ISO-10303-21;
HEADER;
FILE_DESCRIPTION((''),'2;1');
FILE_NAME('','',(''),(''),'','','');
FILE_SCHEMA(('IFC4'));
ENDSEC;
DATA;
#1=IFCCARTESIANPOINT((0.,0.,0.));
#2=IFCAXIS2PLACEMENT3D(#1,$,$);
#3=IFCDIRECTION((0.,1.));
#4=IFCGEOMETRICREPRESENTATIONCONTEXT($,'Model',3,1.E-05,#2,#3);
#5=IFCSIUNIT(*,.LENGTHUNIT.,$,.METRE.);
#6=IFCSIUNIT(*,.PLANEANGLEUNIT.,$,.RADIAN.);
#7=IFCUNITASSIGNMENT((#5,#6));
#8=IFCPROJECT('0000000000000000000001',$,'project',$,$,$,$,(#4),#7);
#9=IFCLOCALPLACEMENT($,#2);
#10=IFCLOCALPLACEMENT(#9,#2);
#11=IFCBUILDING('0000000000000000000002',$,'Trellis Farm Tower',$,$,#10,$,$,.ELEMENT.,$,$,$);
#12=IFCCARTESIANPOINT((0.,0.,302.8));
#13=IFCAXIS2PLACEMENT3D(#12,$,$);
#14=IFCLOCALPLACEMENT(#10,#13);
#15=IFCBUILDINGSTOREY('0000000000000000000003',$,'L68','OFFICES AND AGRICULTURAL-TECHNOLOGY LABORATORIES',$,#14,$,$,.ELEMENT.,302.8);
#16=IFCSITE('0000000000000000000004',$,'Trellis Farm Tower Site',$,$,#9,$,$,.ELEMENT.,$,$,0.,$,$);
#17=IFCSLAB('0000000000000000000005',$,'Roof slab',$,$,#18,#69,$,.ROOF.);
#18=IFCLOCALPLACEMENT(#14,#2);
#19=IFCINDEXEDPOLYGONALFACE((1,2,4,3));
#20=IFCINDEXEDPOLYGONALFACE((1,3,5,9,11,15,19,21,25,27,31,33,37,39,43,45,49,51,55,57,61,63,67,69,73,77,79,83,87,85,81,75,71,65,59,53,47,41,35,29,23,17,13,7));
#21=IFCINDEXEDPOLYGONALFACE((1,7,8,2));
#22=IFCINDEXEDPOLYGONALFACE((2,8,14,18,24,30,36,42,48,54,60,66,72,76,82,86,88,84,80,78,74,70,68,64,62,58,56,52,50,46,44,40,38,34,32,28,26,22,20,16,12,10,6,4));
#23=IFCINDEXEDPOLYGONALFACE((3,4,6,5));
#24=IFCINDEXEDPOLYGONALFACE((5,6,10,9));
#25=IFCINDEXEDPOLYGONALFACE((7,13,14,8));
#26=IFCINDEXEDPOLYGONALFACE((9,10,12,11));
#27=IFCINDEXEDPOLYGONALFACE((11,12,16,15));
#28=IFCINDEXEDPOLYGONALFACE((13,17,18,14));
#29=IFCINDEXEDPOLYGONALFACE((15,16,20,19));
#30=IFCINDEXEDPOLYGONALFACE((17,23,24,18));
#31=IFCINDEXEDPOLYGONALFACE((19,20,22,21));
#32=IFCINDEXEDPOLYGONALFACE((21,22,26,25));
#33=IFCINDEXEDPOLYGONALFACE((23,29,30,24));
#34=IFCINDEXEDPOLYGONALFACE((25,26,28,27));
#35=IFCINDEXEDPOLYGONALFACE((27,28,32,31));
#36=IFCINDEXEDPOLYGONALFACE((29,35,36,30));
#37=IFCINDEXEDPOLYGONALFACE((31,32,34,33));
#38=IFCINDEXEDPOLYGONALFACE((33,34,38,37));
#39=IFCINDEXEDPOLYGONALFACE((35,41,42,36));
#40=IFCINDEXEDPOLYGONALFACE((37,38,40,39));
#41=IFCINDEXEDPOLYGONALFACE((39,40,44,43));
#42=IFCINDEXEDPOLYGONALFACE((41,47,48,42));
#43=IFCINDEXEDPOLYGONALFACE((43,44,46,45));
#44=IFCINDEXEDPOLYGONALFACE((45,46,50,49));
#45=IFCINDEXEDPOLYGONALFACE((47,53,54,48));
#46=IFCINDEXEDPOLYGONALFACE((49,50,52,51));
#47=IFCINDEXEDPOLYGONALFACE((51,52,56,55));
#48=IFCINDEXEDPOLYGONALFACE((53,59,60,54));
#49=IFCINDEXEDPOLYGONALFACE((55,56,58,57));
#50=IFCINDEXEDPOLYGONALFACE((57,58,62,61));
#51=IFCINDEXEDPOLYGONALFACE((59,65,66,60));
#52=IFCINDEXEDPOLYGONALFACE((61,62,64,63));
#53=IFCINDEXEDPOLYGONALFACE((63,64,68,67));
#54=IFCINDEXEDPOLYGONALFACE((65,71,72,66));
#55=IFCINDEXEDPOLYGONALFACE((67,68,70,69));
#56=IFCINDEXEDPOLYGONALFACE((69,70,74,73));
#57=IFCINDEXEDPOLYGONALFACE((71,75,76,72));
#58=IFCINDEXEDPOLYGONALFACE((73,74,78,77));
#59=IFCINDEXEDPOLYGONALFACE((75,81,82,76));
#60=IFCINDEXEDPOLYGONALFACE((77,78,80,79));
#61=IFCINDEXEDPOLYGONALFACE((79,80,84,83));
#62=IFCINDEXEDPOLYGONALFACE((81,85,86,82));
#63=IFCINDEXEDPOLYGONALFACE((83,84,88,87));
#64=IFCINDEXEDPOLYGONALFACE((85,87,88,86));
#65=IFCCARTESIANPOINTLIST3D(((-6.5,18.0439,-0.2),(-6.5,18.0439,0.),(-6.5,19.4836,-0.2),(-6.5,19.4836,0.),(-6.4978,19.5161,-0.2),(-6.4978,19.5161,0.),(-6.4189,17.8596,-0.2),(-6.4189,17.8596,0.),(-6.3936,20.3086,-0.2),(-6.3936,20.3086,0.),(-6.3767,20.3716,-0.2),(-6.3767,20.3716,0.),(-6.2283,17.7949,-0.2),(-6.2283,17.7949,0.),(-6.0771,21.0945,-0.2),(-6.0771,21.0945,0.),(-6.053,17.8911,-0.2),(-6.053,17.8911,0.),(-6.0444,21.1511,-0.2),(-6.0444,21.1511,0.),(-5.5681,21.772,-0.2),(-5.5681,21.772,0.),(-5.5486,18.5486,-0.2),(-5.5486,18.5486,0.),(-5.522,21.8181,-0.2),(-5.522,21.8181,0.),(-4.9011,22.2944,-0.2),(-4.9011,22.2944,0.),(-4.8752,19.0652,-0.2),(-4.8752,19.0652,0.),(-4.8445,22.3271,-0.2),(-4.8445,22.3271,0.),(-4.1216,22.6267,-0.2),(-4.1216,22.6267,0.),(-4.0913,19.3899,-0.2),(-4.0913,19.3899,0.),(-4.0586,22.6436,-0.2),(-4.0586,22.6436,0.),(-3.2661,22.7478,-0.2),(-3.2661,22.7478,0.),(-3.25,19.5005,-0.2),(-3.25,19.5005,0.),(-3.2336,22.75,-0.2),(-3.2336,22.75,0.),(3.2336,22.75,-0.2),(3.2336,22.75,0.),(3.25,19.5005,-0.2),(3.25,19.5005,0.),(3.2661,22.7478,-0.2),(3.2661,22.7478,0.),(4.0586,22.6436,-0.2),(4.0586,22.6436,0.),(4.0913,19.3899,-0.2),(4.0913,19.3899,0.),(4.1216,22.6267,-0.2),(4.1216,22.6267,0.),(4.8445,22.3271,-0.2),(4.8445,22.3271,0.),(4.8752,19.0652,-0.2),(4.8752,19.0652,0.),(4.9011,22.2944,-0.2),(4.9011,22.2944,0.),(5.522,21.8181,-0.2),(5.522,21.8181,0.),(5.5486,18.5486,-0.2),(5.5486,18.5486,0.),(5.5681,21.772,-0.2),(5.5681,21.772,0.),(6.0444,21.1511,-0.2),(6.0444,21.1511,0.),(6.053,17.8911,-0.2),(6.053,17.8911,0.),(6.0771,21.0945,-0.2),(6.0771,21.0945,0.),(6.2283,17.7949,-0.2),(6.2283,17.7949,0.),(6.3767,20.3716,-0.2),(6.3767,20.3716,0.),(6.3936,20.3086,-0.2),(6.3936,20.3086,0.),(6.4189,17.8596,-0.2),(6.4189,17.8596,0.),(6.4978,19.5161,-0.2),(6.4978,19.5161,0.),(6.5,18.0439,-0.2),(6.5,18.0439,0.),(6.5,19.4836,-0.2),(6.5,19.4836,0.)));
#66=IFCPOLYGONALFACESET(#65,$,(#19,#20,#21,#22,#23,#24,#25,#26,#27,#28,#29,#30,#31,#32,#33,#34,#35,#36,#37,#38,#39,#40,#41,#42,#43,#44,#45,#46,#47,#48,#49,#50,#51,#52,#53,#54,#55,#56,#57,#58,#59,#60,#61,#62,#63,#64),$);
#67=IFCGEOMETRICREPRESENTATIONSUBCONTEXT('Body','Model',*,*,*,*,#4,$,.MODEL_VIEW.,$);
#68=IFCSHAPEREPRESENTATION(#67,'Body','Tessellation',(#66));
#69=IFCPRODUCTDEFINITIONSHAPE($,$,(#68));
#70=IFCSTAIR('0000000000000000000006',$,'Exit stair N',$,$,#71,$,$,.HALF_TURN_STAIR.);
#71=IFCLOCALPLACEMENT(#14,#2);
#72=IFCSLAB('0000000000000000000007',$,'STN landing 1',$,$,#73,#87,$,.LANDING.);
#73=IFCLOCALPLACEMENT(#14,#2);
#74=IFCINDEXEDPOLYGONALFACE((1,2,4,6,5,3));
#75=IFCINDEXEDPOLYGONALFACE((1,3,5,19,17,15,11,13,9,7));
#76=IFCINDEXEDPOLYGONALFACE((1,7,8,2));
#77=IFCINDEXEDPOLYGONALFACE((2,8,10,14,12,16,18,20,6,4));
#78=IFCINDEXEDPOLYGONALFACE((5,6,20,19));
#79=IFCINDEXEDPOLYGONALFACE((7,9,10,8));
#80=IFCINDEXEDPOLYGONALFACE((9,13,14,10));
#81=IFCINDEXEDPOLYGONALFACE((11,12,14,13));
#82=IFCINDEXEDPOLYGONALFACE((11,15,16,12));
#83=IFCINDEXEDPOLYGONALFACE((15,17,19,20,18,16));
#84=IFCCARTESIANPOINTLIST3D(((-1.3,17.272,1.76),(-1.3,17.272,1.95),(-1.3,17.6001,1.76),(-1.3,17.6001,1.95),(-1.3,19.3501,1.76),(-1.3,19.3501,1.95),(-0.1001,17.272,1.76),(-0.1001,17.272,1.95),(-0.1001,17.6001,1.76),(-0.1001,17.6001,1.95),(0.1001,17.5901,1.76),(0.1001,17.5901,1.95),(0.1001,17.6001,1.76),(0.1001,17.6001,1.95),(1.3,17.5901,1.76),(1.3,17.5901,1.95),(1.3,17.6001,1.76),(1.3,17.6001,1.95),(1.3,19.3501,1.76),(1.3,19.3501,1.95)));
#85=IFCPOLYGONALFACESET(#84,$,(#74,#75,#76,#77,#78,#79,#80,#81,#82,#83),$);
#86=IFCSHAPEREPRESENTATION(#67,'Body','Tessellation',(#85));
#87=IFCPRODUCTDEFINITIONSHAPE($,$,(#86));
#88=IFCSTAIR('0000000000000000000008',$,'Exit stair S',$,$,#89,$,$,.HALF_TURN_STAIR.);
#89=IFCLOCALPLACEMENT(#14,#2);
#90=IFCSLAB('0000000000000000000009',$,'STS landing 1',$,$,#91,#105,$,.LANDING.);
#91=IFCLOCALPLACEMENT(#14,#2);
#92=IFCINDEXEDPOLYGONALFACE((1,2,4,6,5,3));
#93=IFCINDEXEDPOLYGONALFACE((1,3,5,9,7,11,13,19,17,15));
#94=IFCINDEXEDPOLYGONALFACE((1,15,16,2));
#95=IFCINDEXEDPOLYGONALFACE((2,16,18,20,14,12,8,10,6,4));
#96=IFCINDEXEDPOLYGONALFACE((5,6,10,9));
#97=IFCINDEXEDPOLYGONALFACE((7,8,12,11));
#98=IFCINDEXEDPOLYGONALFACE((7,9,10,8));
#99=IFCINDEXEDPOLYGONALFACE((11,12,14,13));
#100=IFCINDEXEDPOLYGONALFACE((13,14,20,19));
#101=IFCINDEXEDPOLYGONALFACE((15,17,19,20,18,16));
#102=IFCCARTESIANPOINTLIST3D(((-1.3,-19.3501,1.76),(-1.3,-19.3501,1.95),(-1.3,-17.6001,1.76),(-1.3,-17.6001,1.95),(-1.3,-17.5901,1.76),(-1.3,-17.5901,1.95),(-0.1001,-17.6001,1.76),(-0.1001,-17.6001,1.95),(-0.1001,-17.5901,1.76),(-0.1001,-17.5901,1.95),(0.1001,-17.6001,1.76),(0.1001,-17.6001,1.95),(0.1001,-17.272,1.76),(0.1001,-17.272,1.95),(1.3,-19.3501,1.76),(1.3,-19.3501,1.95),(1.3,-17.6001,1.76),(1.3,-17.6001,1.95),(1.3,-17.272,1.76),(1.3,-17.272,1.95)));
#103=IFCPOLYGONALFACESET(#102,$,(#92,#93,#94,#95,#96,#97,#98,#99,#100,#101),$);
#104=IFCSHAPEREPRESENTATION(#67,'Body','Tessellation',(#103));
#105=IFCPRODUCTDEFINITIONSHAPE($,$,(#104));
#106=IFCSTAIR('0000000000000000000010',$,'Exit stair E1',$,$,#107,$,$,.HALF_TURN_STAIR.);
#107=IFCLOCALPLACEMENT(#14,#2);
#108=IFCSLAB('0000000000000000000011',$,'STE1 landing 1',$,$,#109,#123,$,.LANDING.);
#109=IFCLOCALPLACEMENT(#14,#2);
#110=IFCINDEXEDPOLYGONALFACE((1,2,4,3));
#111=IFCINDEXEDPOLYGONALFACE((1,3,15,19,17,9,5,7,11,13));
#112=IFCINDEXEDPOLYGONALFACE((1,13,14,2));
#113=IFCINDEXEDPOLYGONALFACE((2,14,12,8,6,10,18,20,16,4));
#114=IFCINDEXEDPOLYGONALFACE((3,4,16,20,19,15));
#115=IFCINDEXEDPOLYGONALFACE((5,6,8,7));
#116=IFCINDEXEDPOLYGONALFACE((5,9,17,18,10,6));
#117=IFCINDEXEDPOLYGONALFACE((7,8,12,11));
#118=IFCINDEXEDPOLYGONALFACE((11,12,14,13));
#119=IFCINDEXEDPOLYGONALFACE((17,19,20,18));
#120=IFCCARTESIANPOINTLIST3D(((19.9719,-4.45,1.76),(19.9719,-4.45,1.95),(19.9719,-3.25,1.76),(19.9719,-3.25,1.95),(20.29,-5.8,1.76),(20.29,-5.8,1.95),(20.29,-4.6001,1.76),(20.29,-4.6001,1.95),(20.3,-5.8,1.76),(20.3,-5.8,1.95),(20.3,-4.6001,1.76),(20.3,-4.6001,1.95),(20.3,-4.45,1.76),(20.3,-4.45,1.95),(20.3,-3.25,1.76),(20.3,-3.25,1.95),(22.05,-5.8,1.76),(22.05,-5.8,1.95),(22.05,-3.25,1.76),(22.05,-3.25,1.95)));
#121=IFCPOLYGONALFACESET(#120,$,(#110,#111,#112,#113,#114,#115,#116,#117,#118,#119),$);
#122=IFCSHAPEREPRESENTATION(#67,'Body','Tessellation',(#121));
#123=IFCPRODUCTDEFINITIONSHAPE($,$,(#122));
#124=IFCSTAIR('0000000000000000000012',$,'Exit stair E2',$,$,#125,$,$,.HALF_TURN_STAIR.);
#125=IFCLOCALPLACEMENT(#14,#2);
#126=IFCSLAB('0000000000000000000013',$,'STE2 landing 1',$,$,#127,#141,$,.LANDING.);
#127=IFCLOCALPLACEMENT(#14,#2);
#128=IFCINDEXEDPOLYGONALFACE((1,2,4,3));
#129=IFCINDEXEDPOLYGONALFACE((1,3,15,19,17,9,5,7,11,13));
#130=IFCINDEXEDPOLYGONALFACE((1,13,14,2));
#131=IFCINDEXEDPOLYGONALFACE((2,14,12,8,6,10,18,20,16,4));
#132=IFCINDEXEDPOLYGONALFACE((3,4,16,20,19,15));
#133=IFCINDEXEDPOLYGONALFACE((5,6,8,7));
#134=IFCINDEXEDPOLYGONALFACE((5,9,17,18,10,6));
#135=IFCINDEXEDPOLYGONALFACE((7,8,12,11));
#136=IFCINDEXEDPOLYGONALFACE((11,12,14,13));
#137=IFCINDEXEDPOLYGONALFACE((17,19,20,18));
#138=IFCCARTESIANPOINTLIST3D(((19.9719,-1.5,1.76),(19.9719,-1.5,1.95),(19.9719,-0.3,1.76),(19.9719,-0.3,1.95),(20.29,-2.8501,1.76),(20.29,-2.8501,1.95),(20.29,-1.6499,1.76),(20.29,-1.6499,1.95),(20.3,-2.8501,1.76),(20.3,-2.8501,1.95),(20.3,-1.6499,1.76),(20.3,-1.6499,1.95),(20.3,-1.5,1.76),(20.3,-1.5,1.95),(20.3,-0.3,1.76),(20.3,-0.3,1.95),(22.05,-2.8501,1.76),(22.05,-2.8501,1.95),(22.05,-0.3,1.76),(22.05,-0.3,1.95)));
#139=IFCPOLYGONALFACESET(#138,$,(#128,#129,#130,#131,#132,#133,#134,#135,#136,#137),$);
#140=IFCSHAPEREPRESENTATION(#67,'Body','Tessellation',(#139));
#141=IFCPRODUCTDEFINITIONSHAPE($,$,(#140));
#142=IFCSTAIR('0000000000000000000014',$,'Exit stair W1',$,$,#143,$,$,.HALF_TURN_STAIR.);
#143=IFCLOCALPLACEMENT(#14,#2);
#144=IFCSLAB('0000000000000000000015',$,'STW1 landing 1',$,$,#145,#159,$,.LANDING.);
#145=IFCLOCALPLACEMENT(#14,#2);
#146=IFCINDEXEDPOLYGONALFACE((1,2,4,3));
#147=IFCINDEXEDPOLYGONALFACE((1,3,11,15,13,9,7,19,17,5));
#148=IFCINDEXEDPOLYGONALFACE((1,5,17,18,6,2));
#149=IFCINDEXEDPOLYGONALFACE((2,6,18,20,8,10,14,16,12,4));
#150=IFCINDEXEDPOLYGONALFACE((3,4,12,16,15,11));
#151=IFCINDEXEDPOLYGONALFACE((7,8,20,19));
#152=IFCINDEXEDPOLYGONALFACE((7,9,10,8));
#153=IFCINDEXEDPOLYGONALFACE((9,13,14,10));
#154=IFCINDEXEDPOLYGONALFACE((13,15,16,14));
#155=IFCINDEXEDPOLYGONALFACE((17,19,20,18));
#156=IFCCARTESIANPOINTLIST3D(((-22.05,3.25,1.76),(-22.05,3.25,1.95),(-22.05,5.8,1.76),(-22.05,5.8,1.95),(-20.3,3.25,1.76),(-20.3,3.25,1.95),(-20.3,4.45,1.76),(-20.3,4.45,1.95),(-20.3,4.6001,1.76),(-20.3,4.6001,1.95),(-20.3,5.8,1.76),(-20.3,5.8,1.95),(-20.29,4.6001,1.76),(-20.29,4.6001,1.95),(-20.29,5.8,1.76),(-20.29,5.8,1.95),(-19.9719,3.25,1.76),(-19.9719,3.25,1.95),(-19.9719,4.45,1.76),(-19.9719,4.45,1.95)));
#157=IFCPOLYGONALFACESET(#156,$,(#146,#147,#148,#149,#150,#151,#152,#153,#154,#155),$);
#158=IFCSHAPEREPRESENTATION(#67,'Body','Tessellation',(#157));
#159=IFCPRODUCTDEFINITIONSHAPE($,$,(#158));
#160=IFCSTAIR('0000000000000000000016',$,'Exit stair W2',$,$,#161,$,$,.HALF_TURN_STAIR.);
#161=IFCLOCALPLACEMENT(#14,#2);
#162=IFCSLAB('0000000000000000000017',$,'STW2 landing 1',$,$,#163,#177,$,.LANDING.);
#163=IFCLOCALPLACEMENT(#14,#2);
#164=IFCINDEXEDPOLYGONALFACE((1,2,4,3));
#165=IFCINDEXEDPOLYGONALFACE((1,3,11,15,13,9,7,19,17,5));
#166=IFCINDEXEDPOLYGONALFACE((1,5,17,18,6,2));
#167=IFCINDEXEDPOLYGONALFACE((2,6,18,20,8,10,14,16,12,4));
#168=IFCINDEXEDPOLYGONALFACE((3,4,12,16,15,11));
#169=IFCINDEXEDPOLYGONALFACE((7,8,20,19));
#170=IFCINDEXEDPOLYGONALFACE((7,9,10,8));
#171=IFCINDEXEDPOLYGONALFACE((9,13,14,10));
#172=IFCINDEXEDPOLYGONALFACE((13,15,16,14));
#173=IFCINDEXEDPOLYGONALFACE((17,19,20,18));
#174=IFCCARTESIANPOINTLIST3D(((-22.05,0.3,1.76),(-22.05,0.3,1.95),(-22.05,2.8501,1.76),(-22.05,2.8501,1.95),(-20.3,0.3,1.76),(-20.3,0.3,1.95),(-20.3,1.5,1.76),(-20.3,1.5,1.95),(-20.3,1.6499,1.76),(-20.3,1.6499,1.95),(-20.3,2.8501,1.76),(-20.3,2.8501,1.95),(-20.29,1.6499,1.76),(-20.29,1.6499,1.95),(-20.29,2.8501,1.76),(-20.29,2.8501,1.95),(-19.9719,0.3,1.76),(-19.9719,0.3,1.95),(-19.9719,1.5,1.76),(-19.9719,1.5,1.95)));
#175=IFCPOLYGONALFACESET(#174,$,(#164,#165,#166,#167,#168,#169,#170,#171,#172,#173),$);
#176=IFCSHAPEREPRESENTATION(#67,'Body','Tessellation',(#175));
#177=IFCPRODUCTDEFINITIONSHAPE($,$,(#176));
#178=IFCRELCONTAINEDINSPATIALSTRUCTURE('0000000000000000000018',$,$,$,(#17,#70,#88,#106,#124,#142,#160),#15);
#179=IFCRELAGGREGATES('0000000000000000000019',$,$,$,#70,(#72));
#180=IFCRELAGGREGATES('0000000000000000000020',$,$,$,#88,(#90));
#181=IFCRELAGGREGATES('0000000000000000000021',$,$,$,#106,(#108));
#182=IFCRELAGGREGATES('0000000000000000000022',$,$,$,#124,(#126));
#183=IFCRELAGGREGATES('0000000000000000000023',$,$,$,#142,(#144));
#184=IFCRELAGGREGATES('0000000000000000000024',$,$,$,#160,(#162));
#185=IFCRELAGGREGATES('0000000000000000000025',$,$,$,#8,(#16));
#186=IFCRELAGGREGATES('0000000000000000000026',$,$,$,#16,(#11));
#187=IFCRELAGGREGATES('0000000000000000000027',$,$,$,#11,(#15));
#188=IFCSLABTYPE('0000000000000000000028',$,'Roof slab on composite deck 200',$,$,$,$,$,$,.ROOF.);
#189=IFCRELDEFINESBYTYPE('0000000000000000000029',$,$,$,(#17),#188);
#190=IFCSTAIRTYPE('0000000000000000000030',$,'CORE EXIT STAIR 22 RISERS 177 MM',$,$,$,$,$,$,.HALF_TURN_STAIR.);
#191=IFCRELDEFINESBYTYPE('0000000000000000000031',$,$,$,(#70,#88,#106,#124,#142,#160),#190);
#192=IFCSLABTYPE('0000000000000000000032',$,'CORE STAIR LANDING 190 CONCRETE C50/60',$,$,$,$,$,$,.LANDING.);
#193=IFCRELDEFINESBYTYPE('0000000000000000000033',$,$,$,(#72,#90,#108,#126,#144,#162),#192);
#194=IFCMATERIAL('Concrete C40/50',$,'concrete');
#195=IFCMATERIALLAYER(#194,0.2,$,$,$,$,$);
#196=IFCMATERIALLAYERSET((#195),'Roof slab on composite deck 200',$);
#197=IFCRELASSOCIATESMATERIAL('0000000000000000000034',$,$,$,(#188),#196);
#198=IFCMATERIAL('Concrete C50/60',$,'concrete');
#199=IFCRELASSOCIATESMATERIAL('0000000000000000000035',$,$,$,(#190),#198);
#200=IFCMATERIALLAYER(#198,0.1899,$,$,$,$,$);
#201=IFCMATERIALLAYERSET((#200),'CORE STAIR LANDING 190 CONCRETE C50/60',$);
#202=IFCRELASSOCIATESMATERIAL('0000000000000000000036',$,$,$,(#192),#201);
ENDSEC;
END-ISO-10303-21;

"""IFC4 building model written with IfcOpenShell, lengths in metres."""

from ifc_helpers import new_model, si_unit, direction, frame, origin, place, context, subcontext, project, spatial, polyline, outline, extrude, source, transform, mapped, material, layer, layer_set, type_object, element, aggregate, save


model = new_model("IFC4")

# Units and contexts
model_context = context("Model", 3, precision=1e-05, world=origin(), true_north=direction((0.0, 1.0)))
body_context = subcontext(model_context, "Body", "Model", "MODEL_VIEW")
ifc_project = project(units=[si_unit("LENGTHUNIT", "METRE"), si_unit("PLANEANGLEUNIT", "RADIAN")], contexts=[model_context])

# Site, building, storey
site_placement = place(None, origin())
site = spatial("IfcSite", under=ifc_project, at=site_placement, Name="Trellis Farm Tower Site", CompositionType="ELEMENT", RefElevation=0.0)
building_placement = place(site_placement, origin())
building = spatial("IfcBuilding", under=site, at=building_placement, Name="Trellis Farm Tower", CompositionType="ELEMENT")
storey_placement = place(building_placement, frame((0.0, 0.0, 302.8)))
storey = spatial("IfcBuildingStorey", under=building, at=storey_placement, Name="L68", Description="OFFICES AND AGRICULTURAL-TECHNOLOGY LABORATORIES", CompositionType="ELEMENT", Elevation=302.8)

# Slab
ifc_material_1 = material(Name="Concrete C40/50", Category="concrete")
ifc_layer_1 = layer(ifc_material_1, 0.2)
ifc_layer_set_1 = layer_set([ifc_layer_1], Name="Roof slab on composite deck 200")
slab_type_1 = type_object("IfcSlabType", Name="Roof slab on composite deck 200", PredefinedType="ROOF", material=ifc_layer_set_1)
placement_1 = place(storey_placement, frame((0.0, 0.0, -0.2)))
element("IfcSlab", 1, at=placement_1, inside=storey, type_object=slab_type_1, Name="Roof slab", PredefinedType="ROOF", context=body_context, shape_type="SweptSolid", body=[
    extrude(outline(polyline([(-6.4189, 17.8596), (-6.5, 18.0439), (-6.5, 19.4836), (-6.4978, 19.5161), (-6.3936, 20.3086), (-6.3767, 20.3716), (-6.0771, 21.0945), (-6.0444, 21.1511), (-5.5681, 21.772), (-5.522, 21.8181), (-4.9011, 22.2944), (-4.8445, 22.3271), (-4.1216, 22.6267), (-4.0586, 22.6436), (-3.2661, 22.7478), (-3.2336, 22.75), (3.2336, 22.75), (3.2661, 22.7478), (4.0586, 22.6436), (4.1216, 22.6267), (4.8445, 22.3271), (4.9011, 22.2944), (5.522, 21.8181), (5.5681, 21.772), (6.0444, 21.1511), (6.0771, 21.0945), (6.3767, 20.3716), (6.3936, 20.3086), (6.4978, 19.5161), (6.5, 19.4836), (6.5, 18.0439), (6.4189, 17.8596), (6.2283, 17.7949), (6.053, 17.8911), (5.5486, 18.5486), (4.8752, 19.0652), (4.0913, 19.3899), (3.25, 19.5005), (-3.25, 19.5005), (-4.0913, 19.3899), (-4.8752, 19.0652), (-5.5486, 18.5486), (-6.053, 17.8911), (-6.2283, 17.7949), (-6.4189, 17.8596)])), origin(), (0.0, 0.0, 1.0), 0.2),
])

# Stairs, slabs
ifc_material_2 = material(Name="Concrete C50/60", Category="concrete")
stair_type = type_object("IfcStairType", Name="CORE EXIT STAIR 22 RISERS 177 MM", PredefinedType="HALF_TURN_STAIR", material=ifc_material_2)
placement_2 = place(storey_placement, origin())
stair_1 = element("IfcStair", 2, at=placement_2, inside=storey, type_object=stair_type, Name="Exit stair N", PredefinedType="HALF_TURN_STAIR")
ifc_layer_2 = layer(ifc_material_2, 0.1899)
ifc_layer_set_2 = layer_set([ifc_layer_2], Name="CORE STAIR LANDING 190 CONCRETE C50/60")
slab_type_2 = type_object("IfcSlabType", Name="CORE STAIR LANDING 190 CONCRETE C50/60", PredefinedType="LANDING", material=ifc_layer_set_2)
shared_shape_1 = source(origin(), body_context, "Body", "SweptSolid", [
    extrude(outline(polyline([(-0.1001, 17.272), (-1.3, 17.272), (-1.3, 17.6001), (-1.3, 19.3501), (1.3, 19.3501), (1.3, 17.6001), (1.3, 17.5901), (0.1001, 17.5901), (0.1001, 17.6001), (-0.1001, 17.6001), (-0.1001, 17.272)])), origin(), (0.0, 0.0, 1.0), 0.1899),
])
placement_3 = place(storey_placement, frame((0.0, 0.0, 1.76)))
slab_1 = element("IfcSlab", 3, at=placement_3, type_object=slab_type_2, Name="STN landing 1", PredefinedType="LANDING", context=body_context, shape_type="MappedRepresentation", body=[
    mapped(shared_shape_1, transform((0.0, 0.0, 0.0))),
])
aggregate(stair_1, [slab_1])
stair_2 = element("IfcStair", 4, at=placement_2, inside=storey, type_object=stair_type, Name="Exit stair S", PredefinedType="HALF_TURN_STAIR")
shared_shape_2 = source(origin(), body_context, "Body", "SweptSolid", [
    extrude(outline(polyline([(1.3, -19.3501), (-1.3, -19.3501), (-1.3, -17.6001), (-1.3, -17.5901), (-0.1001, -17.5901), (-0.1001, -17.6001), (0.1001, -17.6001), (0.1001, -17.272), (1.3, -17.272), (1.3, -17.6001), (1.3, -19.3501)])), origin(), (0.0, 0.0, 1.0), 0.1899),
])
slab_2 = element("IfcSlab", 5, at=placement_3, type_object=slab_type_2, Name="STS landing 1", PredefinedType="LANDING", context=body_context, shape_type="MappedRepresentation", body=[
    mapped(shared_shape_2, transform((0.0, 0.0, 0.0))),
])
aggregate(stair_2, [slab_2])
stair_3 = element("IfcStair", 6, at=placement_2, inside=storey, type_object=stair_type, Name="Exit stair E1", PredefinedType="HALF_TURN_STAIR")
shared_shape_3 = source(origin(), body_context, "Body", "SweptSolid", [
    extrude(outline(polyline([(20.29, -5.8), (20.29, -4.6001), (20.3, -4.6001), (20.3, -4.45), (19.9719, -4.45), (19.9719, -3.25), (20.3, -3.25), (22.05, -3.25), (22.05, -5.8), (20.3, -5.8), (20.29, -5.8)])), origin(), (0.0, 0.0, 1.0), 0.1899),
])
slab_3 = element("IfcSlab", 7, at=placement_3, type_object=slab_type_2, Name="STE1 landing 1", PredefinedType="LANDING", context=body_context, shape_type="MappedRepresentation", body=[
    mapped(shared_shape_3, transform((0.0, 0.0, 0.0))),
])
aggregate(stair_3, [slab_3])
stair_4 = element("IfcStair", 8, at=placement_2, inside=storey, type_object=stair_type, Name="Exit stair E2", PredefinedType="HALF_TURN_STAIR")
shared_shape_4 = source(origin(), body_context, "Body", "SweptSolid", [
    extrude(outline(polyline([(20.29, -2.8501), (20.29, -1.6499), (20.3, -1.6499), (20.3, -1.5), (19.9719, -1.5), (19.9719, -0.3), (20.3, -0.3), (22.05, -0.3), (22.05, -2.8501), (20.3, -2.8501), (20.29, -2.8501)])), origin(), (0.0, 0.0, 1.0), 0.1899),
])
slab_4 = element("IfcSlab", 9, at=placement_3, type_object=slab_type_2, Name="STE2 landing 1", PredefinedType="LANDING", context=body_context, shape_type="MappedRepresentation", body=[
    mapped(shared_shape_4, transform((0.0, 0.0, 0.0))),
])
aggregate(stair_4, [slab_4])
stair_5 = element("IfcStair", 10, at=placement_2, inside=storey, type_object=stair_type, Name="Exit stair W1", PredefinedType="HALF_TURN_STAIR")
shared_shape_5 = source(origin(), body_context, "Body", "SweptSolid", [
    extrude(outline(polyline([(-19.9719, 4.45), (-19.9719, 3.25), (-20.3, 3.25), (-22.05, 3.25), (-22.05, 5.8), (-20.3, 5.8), (-20.29, 5.8), (-20.29, 4.6001), (-20.3, 4.6001), (-20.3, 4.45), (-19.9719, 4.45)])), origin(), (0.0, 0.0, 1.0), 0.1899),
])
slab_5 = element("IfcSlab", 11, at=placement_3, type_object=slab_type_2, Name="STW1 landing 1", PredefinedType="LANDING", context=body_context, shape_type="MappedRepresentation", body=[
    mapped(shared_shape_5, transform((0.0, 0.0, 0.0))),
])
aggregate(stair_5, [slab_5])
stair_6 = element("IfcStair", 12, at=placement_2, inside=storey, type_object=stair_type, Name="Exit stair W2", PredefinedType="HALF_TURN_STAIR")
shared_shape_6 = source(origin(), body_context, "Body", "SweptSolid", [
    extrude(outline(polyline([(-19.9719, 1.5), (-19.9719, 0.3), (-20.3, 0.3), (-22.05, 0.3), (-22.05, 2.8501), (-20.3, 2.8501), (-20.29, 2.8501), (-20.29, 1.6499), (-20.3, 1.6499), (-20.3, 1.5), (-19.9719, 1.5)])), origin(), (0.0, 0.0, 1.0), 0.1899),
])
slab_6 = element("IfcSlab", 13, at=placement_3, type_object=slab_type_2, Name="STW2 landing 1", PredefinedType="LANDING", context=body_context, shape_type="MappedRepresentation", body=[
    mapped(shared_shape_6, transform((0.0, 0.0, 0.0))),
])
aggregate(stair_6, [slab_6])

save(model, "model.ifc")
